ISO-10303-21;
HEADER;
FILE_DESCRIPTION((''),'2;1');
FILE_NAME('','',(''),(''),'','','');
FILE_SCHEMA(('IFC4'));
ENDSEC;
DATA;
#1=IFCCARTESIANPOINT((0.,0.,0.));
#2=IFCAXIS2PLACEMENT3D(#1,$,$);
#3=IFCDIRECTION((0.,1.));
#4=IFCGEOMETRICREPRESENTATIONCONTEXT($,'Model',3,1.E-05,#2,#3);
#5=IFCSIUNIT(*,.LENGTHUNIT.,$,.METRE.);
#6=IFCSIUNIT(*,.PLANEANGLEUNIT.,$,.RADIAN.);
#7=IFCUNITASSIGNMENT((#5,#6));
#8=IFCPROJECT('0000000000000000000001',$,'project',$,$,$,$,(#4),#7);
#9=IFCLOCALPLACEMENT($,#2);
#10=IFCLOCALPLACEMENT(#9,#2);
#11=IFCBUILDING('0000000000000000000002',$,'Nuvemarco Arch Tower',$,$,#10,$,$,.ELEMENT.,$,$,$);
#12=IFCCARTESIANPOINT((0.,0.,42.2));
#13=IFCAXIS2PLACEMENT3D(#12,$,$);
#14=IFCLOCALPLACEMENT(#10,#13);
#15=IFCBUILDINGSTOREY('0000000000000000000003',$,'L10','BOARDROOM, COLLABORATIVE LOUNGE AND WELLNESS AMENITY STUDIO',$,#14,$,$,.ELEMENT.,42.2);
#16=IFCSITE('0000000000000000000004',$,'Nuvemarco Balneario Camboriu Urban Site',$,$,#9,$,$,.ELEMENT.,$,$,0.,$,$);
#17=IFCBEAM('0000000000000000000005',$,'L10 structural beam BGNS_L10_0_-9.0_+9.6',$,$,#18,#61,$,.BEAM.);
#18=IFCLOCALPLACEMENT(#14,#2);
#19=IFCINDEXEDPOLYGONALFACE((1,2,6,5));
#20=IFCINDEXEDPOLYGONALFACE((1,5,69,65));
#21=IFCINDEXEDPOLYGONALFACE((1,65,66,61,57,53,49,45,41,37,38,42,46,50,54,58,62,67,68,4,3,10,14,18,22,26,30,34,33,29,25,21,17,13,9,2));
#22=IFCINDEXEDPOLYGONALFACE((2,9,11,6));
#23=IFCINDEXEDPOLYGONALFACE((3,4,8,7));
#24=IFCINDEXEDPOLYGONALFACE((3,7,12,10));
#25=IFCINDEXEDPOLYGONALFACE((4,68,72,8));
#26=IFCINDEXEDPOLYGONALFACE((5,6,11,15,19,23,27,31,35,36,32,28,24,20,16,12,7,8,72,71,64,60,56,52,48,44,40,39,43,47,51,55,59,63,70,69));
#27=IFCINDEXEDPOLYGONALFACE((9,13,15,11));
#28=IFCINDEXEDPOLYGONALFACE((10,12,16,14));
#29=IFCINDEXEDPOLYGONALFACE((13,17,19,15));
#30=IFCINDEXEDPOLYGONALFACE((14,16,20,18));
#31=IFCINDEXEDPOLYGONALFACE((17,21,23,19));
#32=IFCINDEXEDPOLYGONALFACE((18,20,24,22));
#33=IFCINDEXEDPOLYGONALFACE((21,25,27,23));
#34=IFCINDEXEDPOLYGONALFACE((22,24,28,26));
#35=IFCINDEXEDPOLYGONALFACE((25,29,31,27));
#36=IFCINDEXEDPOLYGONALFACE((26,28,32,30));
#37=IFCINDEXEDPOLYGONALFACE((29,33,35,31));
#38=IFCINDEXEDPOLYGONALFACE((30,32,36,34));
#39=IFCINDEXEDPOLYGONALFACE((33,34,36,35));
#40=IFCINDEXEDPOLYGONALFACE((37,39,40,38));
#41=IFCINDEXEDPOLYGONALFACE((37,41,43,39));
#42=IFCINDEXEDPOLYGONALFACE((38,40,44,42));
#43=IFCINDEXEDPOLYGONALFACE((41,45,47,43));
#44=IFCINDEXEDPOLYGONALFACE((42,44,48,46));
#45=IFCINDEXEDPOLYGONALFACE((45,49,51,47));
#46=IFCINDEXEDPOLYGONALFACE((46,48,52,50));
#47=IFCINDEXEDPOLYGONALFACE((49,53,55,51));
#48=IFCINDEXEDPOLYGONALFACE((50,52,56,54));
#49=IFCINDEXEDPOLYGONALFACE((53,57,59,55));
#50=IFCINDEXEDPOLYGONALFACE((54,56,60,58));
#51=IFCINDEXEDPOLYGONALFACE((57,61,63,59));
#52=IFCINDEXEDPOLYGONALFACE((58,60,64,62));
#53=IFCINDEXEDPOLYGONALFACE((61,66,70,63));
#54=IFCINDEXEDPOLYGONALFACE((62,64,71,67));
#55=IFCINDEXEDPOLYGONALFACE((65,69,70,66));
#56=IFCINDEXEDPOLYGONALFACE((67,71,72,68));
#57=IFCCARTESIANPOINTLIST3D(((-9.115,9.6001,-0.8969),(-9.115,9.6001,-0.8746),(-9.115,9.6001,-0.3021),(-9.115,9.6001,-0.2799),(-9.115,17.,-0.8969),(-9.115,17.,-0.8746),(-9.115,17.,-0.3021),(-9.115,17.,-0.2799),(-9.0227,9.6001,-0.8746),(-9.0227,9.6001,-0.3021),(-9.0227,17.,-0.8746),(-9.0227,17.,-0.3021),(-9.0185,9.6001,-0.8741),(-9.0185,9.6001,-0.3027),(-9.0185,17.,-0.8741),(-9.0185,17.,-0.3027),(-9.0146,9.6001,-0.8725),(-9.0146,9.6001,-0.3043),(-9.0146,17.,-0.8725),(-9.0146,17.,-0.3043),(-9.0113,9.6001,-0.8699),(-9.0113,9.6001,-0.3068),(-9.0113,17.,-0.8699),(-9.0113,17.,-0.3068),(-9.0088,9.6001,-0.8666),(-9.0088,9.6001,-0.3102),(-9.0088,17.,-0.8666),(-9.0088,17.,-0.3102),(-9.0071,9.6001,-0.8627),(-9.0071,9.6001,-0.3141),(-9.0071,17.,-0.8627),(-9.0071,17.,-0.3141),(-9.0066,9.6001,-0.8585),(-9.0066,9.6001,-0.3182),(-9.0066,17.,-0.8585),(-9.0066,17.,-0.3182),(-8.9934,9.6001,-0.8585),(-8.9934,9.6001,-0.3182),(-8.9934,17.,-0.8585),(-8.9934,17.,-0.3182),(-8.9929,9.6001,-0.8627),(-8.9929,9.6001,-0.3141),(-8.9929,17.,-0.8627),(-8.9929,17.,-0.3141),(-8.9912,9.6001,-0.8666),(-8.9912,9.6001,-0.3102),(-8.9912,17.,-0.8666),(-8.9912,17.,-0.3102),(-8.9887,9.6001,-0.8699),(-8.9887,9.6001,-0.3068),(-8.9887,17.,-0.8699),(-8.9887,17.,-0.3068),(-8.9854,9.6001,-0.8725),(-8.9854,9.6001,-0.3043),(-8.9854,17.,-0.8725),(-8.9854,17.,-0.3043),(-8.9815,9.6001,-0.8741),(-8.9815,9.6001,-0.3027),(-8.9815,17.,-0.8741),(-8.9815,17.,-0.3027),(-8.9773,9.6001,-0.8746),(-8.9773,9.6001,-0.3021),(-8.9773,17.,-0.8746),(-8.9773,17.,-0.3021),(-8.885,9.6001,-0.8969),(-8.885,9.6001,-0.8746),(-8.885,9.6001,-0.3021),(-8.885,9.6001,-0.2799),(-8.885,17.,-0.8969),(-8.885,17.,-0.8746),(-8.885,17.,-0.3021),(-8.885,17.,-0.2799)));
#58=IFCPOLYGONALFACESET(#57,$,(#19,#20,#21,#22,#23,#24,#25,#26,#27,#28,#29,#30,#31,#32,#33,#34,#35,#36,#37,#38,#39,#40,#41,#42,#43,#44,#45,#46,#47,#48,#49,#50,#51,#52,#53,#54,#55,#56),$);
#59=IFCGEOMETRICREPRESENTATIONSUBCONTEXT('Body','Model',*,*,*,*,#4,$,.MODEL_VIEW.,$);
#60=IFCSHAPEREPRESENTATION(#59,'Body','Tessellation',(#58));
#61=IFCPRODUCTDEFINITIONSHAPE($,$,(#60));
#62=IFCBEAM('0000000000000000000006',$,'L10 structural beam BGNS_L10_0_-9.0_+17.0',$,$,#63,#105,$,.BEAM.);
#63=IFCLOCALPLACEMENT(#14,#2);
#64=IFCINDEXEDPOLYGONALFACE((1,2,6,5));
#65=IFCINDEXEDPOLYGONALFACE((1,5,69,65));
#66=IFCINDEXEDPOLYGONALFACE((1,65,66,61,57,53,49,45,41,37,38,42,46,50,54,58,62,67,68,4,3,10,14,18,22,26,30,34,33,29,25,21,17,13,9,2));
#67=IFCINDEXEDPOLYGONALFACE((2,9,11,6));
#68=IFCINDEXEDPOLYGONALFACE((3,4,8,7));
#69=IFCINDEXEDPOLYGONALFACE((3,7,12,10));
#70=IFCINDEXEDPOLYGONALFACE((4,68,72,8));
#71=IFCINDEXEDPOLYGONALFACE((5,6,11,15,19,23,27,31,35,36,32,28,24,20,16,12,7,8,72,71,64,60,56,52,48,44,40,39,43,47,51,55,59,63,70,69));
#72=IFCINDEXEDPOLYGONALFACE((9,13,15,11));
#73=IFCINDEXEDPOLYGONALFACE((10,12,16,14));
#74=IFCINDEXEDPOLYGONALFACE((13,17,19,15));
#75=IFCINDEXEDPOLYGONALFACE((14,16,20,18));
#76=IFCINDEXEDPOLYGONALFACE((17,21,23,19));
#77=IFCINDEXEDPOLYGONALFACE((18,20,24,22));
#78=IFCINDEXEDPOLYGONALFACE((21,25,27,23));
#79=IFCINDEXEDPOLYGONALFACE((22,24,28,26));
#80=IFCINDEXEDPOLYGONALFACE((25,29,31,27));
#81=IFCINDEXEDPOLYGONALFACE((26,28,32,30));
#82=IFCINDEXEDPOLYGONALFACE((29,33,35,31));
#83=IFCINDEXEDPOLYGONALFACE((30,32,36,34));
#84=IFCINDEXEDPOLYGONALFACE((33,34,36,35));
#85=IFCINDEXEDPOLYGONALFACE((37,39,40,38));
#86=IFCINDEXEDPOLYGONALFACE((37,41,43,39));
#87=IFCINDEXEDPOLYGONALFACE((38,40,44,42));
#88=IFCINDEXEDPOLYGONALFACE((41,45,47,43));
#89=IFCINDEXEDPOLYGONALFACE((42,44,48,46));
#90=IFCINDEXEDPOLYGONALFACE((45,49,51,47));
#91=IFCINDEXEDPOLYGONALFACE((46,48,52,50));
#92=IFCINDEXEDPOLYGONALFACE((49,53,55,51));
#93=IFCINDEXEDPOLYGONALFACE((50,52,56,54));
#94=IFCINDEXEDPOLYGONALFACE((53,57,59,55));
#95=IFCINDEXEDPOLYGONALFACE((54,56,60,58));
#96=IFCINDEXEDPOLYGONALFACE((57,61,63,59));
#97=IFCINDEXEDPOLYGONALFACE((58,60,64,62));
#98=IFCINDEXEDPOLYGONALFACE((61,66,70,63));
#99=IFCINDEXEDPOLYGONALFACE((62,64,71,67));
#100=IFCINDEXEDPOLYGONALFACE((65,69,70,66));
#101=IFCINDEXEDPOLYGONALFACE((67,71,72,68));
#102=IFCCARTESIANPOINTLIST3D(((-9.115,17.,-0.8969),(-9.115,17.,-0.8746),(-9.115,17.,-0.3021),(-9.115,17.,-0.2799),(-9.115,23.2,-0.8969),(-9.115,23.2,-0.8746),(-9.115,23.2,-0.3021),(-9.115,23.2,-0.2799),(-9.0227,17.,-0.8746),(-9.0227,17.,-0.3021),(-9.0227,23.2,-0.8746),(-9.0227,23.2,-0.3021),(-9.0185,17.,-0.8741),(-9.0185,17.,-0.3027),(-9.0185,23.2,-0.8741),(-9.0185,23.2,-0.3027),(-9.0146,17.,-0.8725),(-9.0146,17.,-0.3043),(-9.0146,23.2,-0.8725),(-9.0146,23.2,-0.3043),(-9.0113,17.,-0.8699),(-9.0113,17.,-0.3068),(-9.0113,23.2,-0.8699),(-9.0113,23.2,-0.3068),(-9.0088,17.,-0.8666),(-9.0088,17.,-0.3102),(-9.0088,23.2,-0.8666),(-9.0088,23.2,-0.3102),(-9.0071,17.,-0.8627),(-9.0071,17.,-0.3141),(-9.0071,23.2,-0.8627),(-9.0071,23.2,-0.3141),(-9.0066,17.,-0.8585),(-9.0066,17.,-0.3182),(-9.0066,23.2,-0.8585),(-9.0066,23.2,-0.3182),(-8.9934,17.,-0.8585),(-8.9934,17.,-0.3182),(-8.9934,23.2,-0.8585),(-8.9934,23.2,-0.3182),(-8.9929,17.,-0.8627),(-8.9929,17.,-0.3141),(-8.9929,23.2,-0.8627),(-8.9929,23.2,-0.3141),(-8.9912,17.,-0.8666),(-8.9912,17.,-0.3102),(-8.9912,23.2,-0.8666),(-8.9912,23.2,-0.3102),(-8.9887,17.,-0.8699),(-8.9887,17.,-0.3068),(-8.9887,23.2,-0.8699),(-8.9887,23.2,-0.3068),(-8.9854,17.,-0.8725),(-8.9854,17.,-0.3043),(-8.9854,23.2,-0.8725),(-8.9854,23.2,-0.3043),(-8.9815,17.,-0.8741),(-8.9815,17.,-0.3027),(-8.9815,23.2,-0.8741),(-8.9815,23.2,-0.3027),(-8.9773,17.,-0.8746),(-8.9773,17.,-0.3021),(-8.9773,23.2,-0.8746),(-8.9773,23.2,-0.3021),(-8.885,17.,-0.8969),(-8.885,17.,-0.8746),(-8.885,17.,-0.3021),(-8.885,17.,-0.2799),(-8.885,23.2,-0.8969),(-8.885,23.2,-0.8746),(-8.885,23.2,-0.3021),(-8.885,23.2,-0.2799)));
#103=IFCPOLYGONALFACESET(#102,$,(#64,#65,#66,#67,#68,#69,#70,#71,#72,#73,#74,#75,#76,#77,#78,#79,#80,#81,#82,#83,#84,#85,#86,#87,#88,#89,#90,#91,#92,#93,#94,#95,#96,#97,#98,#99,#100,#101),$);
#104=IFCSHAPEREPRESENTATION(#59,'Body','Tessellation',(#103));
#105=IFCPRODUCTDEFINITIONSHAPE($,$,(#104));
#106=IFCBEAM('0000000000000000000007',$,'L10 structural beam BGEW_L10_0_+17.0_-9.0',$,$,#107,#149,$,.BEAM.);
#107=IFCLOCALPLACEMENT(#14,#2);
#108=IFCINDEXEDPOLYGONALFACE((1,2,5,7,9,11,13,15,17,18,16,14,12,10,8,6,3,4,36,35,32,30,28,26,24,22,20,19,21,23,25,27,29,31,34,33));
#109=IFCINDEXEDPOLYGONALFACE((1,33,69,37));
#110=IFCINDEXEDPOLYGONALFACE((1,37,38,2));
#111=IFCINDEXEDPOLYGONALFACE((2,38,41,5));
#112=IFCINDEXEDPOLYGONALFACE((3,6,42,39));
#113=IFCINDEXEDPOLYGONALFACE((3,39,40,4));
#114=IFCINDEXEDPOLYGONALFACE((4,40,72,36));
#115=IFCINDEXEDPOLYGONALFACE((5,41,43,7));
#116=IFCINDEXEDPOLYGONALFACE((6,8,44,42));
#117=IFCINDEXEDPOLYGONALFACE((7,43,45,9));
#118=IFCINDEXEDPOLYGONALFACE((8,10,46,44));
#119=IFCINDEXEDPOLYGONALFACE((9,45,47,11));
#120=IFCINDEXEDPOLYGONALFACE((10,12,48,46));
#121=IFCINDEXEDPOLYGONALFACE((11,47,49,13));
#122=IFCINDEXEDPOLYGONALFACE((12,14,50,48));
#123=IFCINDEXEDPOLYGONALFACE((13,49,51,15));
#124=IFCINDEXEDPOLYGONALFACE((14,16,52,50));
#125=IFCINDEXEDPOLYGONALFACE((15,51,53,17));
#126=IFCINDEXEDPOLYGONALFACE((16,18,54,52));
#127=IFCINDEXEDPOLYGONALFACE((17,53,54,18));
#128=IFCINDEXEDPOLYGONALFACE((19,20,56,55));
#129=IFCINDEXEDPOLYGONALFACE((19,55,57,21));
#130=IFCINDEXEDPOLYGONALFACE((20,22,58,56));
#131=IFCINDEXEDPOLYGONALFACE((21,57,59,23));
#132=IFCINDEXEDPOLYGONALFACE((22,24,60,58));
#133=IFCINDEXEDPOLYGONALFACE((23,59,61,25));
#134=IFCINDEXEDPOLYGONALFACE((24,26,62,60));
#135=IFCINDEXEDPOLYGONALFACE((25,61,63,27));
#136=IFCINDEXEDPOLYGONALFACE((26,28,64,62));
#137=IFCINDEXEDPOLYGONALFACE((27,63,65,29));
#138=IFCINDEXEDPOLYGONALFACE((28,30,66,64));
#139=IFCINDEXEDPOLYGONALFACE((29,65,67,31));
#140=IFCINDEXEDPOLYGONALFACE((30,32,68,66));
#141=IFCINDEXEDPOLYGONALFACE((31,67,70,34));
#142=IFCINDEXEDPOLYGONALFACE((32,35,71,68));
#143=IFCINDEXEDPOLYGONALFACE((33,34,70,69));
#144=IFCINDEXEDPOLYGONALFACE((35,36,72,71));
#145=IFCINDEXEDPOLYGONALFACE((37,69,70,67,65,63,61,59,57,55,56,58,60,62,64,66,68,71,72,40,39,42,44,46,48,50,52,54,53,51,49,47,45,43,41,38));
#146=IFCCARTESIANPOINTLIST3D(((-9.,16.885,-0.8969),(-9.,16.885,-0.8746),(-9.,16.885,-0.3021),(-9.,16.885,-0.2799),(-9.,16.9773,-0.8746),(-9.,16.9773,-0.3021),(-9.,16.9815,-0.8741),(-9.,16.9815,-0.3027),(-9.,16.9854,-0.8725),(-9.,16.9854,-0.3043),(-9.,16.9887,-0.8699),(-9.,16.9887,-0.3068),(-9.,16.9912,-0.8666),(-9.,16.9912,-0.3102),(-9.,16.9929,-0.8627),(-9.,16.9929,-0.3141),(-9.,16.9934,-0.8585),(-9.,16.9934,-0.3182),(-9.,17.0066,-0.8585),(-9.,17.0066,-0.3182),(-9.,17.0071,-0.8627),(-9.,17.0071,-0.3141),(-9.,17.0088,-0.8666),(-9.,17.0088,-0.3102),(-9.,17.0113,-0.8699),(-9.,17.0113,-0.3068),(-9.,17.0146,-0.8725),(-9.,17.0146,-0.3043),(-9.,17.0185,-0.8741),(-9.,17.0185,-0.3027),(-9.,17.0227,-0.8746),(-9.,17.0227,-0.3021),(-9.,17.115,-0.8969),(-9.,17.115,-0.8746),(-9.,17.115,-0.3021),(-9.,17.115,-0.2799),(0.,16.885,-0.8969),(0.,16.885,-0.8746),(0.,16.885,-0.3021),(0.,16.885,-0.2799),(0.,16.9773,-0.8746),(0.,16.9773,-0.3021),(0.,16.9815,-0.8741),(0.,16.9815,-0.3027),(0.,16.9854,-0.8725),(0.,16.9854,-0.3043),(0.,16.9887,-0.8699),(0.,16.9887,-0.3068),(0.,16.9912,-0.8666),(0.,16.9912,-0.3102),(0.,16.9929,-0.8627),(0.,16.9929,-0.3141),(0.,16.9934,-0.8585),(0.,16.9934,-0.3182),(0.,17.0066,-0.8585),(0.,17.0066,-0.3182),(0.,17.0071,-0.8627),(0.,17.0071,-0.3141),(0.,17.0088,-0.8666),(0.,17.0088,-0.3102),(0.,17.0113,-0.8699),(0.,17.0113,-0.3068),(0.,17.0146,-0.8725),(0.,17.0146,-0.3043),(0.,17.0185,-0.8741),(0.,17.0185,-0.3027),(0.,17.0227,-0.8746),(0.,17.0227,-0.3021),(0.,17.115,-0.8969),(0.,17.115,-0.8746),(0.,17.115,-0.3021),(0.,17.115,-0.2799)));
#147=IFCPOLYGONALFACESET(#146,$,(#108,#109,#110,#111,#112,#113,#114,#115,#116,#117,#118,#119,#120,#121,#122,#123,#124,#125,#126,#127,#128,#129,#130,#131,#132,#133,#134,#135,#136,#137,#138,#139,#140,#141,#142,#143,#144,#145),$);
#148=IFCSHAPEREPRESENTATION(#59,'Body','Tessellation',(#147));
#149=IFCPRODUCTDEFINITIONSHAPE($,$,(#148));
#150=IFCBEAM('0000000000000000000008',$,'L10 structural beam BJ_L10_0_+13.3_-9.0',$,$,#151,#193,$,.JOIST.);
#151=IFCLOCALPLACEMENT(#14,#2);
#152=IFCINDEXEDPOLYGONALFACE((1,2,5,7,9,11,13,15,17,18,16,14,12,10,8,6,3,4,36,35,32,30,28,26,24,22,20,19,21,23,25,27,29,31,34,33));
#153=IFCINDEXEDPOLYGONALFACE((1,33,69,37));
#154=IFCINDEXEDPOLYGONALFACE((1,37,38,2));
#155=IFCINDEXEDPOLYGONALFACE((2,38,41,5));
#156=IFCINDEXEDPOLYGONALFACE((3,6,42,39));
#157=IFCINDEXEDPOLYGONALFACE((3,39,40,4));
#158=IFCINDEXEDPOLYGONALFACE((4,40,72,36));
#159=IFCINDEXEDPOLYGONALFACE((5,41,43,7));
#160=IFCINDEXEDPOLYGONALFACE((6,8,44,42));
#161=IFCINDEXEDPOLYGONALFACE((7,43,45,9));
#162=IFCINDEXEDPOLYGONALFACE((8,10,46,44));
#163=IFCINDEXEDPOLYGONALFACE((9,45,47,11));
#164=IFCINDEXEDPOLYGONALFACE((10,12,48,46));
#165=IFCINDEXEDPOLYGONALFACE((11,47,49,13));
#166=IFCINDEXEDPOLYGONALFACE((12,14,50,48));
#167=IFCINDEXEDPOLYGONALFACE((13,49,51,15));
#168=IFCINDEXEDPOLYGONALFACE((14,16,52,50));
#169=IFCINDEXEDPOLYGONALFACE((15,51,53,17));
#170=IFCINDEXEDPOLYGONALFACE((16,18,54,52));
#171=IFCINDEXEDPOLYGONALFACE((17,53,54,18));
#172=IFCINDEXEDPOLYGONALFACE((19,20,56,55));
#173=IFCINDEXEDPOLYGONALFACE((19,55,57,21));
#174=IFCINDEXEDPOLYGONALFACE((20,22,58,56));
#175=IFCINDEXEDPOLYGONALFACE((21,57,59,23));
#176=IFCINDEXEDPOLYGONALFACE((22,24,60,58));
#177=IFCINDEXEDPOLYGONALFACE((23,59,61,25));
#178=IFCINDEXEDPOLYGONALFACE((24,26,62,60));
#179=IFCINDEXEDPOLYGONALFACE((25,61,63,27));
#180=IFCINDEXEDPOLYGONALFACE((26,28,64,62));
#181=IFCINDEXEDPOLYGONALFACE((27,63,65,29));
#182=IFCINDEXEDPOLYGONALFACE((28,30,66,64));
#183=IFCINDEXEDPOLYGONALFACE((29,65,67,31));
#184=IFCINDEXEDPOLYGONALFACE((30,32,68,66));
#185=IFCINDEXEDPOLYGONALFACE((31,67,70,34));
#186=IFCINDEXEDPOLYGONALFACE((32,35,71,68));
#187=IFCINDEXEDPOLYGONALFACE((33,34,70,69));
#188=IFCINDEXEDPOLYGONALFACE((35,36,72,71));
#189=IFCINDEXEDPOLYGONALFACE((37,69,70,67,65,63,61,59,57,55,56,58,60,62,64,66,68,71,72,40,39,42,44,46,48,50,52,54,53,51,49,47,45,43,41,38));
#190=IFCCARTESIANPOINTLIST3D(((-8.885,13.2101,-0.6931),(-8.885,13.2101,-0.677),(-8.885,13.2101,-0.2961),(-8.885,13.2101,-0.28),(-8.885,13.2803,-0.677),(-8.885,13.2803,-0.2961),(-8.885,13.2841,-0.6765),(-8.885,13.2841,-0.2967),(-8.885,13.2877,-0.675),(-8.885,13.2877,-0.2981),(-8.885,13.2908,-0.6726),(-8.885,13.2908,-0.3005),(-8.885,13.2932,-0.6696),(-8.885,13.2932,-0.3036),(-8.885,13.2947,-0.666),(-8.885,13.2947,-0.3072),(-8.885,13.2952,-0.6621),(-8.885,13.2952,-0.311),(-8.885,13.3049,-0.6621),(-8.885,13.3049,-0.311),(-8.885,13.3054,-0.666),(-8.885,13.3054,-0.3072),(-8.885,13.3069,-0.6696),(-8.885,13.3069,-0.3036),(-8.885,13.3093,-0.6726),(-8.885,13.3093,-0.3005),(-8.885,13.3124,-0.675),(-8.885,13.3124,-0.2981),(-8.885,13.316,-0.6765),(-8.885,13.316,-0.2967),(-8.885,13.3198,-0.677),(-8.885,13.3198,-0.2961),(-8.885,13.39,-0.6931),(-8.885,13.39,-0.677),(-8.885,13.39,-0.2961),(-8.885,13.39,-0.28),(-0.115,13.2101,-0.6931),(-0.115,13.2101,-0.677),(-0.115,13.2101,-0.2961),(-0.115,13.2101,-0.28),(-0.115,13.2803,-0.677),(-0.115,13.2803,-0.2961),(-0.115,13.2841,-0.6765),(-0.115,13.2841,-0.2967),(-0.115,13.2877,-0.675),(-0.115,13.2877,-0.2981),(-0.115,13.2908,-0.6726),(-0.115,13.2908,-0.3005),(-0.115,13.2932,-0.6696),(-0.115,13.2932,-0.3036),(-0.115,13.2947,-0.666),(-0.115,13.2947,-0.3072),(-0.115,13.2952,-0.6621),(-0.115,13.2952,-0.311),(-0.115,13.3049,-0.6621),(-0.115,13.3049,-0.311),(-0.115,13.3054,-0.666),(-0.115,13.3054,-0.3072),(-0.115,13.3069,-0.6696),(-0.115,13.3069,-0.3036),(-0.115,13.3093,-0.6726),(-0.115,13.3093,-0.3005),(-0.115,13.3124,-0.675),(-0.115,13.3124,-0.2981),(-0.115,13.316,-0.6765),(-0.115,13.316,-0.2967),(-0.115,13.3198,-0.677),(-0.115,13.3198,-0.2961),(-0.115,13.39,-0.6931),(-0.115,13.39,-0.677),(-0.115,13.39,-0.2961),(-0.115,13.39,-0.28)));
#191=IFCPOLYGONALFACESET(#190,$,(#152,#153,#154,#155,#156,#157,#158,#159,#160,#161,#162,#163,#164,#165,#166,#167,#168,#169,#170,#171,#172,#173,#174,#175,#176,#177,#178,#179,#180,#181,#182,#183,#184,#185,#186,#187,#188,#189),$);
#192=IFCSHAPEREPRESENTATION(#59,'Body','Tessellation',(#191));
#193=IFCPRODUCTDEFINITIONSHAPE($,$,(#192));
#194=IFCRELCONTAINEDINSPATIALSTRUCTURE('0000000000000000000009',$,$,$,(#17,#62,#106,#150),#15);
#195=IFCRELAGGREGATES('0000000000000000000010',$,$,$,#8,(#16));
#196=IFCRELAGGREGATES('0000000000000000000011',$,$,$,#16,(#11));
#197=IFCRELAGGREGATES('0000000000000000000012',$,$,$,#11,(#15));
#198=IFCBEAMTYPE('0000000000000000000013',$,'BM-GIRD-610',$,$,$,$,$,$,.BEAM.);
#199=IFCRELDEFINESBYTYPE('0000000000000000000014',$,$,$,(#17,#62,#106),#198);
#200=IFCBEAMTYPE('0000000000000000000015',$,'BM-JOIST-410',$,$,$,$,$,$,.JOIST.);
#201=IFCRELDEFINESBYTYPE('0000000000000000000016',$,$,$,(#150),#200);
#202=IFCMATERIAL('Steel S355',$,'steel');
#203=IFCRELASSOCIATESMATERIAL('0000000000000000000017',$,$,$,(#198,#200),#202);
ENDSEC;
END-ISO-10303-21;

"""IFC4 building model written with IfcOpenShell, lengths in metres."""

from ifc_helpers import new_model, si_unit, direction, frame, origin, origin_2d, place, context, subcontext, project, spatial, i_section, extrude, material, material_profile, profile_set, type_object, element, save


model = new_model("IFC4")

# Units and contexts
model_context = context("Model", 3, precision=1e-05, world=origin(), true_north=direction((0.0, 1.0)))
body_context = subcontext(model_context, "Body", "Model", "MODEL_VIEW")
ifc_project = project(units=[si_unit("LENGTHUNIT", "METRE"), si_unit("PLANEANGLEUNIT", "RADIAN")], contexts=[model_context])

# Site, building, storey
site_placement = place(None, origin())
site = spatial("IfcSite", under=ifc_project, at=site_placement, Name="Nuvemarco Balneario Camboriu Urban Site", CompositionType="ELEMENT", RefElevation=0.0)
building_placement = place(site_placement, origin())
building = spatial("IfcBuilding", under=site, at=building_placement, Name="Nuvemarco Arch Tower", CompositionType="ELEMENT")
storey_placement = place(building_placement, frame((0.0, 0.0, 42.2)))
storey = spatial("IfcBuildingStorey", under=building, at=storey_placement, Name="L10", Description="BOARDROOM, COLLABORATIVE LOUNGE AND WELLNESS AMENITY STUDIO", CompositionType="ELEMENT", Elevation=42.2)

# Shared definitions
ifc_material_1 = material(Name="Steel S355", Category="steel")

# Beams
ifc_material_profile_1 = material_profile(ifc_material_1, i_section(OverallWidth=0.23, OverallDepth=0.6169, WebThickness=0.0132, FlangeThickness=0.0222, FilletRadius=0.0161, at=origin_2d()), Name="W610x140")
ifc_profile_set_1 = profile_set([ifc_material_profile_1], Name="Steel S355")
beam_type_1 = type_object("IfcBeamType", Name="BM-GIRD-610", PredefinedType="BEAM", material=ifc_profile_set_1)
beam_1_placement = place(storey_placement, frame((-9.0, 9.6001, -0.5884), z_axis=(0.0, 1.0, 0.0), x_axis=(-1.0, 0.0, 0.0)))
element("IfcBeam", 1, at=beam_1_placement, inside=storey, type_object=beam_type_1, Name="L10 structural beam BGNS_L10_0_-9.0_+9.6", PredefinedType="BEAM", context=body_context, shape_type="SweptSolid", body=[
    extrude(i_section(OverallWidth=0.23, OverallDepth=0.6169, WebThickness=0.0132, FlangeThickness=0.0222, FilletRadius=0.0161, at=origin_2d()), origin(), (0.0, 0.0, 1.0), 7.3999),
])
beam_2_placement = place(storey_placement, frame((-9.0, 17.0, -0.5884), z_axis=(0.0, 1.0, 0.0), x_axis=(-1.0, 0.0, 0.0)))
element("IfcBeam", 2, at=beam_2_placement, inside=storey, type_object=beam_type_1, Name="L10 structural beam BGNS_L10_0_-9.0_+17.0", PredefinedType="BEAM", context=body_context, shape_type="SweptSolid", body=[
    extrude(i_section(OverallWidth=0.23, OverallDepth=0.6169, WebThickness=0.0132, FlangeThickness=0.0222, FilletRadius=0.0161, at=origin_2d()), origin(), (0.0, 0.0, 1.0), 6.2),
])
beam_3_placement = place(storey_placement, frame((-9.0, 17.0, -0.5884), z_axis=(1.0, 0.0, 0.0), x_axis=(0.0, 1.0, 0.0)))
element("IfcBeam", 3, at=beam_3_placement, inside=storey, type_object=beam_type_1, Name="L10 structural beam BGEW_L10_0_+17.0_-9.0", PredefinedType="BEAM", context=body_context, shape_type="SweptSolid", body=[
    extrude(i_section(OverallWidth=0.23, OverallDepth=0.6169, WebThickness=0.0132, FlangeThickness=0.0222, FilletRadius=0.0161, at=origin_2d()), origin(), (0.0, 0.0, 1.0), 9.0),
])
ifc_material_profile_2 = material_profile(ifc_material_1, i_section(OverallWidth=0.1799, OverallDepth=0.4131, WebThickness=0.0098, FlangeThickness=0.0161, FilletRadius=0.0149, at=origin_2d()), Name="W410x75")
ifc_profile_set_2 = profile_set([ifc_material_profile_2], Name="Steel S355")
beam_type_2 = type_object("IfcBeamType", Name="BM-JOIST-410", PredefinedType="JOIST", material=ifc_profile_set_2)
beam_4_placement = place(storey_placement, frame((-8.885, 13.3, -0.4866), z_axis=(1.0, 0.0, 0.0), x_axis=(0.0, 1.0, 0.0)))
element("IfcBeam", 4, at=beam_4_placement, inside=storey, type_object=beam_type_2, Name="L10 structural beam BJ_L10_0_+13.3_-9.0", PredefinedType="JOIST", context=body_context, shape_type="SweptSolid", body=[
    extrude(i_section(OverallWidth=0.1799, OverallDepth=0.4131, WebThickness=0.0098, FlangeThickness=0.0161, FilletRadius=0.0149, at=origin_2d()), origin(), (0.0, 0.0, 1.0), 8.77),
])

save(model, "model.ifc")
